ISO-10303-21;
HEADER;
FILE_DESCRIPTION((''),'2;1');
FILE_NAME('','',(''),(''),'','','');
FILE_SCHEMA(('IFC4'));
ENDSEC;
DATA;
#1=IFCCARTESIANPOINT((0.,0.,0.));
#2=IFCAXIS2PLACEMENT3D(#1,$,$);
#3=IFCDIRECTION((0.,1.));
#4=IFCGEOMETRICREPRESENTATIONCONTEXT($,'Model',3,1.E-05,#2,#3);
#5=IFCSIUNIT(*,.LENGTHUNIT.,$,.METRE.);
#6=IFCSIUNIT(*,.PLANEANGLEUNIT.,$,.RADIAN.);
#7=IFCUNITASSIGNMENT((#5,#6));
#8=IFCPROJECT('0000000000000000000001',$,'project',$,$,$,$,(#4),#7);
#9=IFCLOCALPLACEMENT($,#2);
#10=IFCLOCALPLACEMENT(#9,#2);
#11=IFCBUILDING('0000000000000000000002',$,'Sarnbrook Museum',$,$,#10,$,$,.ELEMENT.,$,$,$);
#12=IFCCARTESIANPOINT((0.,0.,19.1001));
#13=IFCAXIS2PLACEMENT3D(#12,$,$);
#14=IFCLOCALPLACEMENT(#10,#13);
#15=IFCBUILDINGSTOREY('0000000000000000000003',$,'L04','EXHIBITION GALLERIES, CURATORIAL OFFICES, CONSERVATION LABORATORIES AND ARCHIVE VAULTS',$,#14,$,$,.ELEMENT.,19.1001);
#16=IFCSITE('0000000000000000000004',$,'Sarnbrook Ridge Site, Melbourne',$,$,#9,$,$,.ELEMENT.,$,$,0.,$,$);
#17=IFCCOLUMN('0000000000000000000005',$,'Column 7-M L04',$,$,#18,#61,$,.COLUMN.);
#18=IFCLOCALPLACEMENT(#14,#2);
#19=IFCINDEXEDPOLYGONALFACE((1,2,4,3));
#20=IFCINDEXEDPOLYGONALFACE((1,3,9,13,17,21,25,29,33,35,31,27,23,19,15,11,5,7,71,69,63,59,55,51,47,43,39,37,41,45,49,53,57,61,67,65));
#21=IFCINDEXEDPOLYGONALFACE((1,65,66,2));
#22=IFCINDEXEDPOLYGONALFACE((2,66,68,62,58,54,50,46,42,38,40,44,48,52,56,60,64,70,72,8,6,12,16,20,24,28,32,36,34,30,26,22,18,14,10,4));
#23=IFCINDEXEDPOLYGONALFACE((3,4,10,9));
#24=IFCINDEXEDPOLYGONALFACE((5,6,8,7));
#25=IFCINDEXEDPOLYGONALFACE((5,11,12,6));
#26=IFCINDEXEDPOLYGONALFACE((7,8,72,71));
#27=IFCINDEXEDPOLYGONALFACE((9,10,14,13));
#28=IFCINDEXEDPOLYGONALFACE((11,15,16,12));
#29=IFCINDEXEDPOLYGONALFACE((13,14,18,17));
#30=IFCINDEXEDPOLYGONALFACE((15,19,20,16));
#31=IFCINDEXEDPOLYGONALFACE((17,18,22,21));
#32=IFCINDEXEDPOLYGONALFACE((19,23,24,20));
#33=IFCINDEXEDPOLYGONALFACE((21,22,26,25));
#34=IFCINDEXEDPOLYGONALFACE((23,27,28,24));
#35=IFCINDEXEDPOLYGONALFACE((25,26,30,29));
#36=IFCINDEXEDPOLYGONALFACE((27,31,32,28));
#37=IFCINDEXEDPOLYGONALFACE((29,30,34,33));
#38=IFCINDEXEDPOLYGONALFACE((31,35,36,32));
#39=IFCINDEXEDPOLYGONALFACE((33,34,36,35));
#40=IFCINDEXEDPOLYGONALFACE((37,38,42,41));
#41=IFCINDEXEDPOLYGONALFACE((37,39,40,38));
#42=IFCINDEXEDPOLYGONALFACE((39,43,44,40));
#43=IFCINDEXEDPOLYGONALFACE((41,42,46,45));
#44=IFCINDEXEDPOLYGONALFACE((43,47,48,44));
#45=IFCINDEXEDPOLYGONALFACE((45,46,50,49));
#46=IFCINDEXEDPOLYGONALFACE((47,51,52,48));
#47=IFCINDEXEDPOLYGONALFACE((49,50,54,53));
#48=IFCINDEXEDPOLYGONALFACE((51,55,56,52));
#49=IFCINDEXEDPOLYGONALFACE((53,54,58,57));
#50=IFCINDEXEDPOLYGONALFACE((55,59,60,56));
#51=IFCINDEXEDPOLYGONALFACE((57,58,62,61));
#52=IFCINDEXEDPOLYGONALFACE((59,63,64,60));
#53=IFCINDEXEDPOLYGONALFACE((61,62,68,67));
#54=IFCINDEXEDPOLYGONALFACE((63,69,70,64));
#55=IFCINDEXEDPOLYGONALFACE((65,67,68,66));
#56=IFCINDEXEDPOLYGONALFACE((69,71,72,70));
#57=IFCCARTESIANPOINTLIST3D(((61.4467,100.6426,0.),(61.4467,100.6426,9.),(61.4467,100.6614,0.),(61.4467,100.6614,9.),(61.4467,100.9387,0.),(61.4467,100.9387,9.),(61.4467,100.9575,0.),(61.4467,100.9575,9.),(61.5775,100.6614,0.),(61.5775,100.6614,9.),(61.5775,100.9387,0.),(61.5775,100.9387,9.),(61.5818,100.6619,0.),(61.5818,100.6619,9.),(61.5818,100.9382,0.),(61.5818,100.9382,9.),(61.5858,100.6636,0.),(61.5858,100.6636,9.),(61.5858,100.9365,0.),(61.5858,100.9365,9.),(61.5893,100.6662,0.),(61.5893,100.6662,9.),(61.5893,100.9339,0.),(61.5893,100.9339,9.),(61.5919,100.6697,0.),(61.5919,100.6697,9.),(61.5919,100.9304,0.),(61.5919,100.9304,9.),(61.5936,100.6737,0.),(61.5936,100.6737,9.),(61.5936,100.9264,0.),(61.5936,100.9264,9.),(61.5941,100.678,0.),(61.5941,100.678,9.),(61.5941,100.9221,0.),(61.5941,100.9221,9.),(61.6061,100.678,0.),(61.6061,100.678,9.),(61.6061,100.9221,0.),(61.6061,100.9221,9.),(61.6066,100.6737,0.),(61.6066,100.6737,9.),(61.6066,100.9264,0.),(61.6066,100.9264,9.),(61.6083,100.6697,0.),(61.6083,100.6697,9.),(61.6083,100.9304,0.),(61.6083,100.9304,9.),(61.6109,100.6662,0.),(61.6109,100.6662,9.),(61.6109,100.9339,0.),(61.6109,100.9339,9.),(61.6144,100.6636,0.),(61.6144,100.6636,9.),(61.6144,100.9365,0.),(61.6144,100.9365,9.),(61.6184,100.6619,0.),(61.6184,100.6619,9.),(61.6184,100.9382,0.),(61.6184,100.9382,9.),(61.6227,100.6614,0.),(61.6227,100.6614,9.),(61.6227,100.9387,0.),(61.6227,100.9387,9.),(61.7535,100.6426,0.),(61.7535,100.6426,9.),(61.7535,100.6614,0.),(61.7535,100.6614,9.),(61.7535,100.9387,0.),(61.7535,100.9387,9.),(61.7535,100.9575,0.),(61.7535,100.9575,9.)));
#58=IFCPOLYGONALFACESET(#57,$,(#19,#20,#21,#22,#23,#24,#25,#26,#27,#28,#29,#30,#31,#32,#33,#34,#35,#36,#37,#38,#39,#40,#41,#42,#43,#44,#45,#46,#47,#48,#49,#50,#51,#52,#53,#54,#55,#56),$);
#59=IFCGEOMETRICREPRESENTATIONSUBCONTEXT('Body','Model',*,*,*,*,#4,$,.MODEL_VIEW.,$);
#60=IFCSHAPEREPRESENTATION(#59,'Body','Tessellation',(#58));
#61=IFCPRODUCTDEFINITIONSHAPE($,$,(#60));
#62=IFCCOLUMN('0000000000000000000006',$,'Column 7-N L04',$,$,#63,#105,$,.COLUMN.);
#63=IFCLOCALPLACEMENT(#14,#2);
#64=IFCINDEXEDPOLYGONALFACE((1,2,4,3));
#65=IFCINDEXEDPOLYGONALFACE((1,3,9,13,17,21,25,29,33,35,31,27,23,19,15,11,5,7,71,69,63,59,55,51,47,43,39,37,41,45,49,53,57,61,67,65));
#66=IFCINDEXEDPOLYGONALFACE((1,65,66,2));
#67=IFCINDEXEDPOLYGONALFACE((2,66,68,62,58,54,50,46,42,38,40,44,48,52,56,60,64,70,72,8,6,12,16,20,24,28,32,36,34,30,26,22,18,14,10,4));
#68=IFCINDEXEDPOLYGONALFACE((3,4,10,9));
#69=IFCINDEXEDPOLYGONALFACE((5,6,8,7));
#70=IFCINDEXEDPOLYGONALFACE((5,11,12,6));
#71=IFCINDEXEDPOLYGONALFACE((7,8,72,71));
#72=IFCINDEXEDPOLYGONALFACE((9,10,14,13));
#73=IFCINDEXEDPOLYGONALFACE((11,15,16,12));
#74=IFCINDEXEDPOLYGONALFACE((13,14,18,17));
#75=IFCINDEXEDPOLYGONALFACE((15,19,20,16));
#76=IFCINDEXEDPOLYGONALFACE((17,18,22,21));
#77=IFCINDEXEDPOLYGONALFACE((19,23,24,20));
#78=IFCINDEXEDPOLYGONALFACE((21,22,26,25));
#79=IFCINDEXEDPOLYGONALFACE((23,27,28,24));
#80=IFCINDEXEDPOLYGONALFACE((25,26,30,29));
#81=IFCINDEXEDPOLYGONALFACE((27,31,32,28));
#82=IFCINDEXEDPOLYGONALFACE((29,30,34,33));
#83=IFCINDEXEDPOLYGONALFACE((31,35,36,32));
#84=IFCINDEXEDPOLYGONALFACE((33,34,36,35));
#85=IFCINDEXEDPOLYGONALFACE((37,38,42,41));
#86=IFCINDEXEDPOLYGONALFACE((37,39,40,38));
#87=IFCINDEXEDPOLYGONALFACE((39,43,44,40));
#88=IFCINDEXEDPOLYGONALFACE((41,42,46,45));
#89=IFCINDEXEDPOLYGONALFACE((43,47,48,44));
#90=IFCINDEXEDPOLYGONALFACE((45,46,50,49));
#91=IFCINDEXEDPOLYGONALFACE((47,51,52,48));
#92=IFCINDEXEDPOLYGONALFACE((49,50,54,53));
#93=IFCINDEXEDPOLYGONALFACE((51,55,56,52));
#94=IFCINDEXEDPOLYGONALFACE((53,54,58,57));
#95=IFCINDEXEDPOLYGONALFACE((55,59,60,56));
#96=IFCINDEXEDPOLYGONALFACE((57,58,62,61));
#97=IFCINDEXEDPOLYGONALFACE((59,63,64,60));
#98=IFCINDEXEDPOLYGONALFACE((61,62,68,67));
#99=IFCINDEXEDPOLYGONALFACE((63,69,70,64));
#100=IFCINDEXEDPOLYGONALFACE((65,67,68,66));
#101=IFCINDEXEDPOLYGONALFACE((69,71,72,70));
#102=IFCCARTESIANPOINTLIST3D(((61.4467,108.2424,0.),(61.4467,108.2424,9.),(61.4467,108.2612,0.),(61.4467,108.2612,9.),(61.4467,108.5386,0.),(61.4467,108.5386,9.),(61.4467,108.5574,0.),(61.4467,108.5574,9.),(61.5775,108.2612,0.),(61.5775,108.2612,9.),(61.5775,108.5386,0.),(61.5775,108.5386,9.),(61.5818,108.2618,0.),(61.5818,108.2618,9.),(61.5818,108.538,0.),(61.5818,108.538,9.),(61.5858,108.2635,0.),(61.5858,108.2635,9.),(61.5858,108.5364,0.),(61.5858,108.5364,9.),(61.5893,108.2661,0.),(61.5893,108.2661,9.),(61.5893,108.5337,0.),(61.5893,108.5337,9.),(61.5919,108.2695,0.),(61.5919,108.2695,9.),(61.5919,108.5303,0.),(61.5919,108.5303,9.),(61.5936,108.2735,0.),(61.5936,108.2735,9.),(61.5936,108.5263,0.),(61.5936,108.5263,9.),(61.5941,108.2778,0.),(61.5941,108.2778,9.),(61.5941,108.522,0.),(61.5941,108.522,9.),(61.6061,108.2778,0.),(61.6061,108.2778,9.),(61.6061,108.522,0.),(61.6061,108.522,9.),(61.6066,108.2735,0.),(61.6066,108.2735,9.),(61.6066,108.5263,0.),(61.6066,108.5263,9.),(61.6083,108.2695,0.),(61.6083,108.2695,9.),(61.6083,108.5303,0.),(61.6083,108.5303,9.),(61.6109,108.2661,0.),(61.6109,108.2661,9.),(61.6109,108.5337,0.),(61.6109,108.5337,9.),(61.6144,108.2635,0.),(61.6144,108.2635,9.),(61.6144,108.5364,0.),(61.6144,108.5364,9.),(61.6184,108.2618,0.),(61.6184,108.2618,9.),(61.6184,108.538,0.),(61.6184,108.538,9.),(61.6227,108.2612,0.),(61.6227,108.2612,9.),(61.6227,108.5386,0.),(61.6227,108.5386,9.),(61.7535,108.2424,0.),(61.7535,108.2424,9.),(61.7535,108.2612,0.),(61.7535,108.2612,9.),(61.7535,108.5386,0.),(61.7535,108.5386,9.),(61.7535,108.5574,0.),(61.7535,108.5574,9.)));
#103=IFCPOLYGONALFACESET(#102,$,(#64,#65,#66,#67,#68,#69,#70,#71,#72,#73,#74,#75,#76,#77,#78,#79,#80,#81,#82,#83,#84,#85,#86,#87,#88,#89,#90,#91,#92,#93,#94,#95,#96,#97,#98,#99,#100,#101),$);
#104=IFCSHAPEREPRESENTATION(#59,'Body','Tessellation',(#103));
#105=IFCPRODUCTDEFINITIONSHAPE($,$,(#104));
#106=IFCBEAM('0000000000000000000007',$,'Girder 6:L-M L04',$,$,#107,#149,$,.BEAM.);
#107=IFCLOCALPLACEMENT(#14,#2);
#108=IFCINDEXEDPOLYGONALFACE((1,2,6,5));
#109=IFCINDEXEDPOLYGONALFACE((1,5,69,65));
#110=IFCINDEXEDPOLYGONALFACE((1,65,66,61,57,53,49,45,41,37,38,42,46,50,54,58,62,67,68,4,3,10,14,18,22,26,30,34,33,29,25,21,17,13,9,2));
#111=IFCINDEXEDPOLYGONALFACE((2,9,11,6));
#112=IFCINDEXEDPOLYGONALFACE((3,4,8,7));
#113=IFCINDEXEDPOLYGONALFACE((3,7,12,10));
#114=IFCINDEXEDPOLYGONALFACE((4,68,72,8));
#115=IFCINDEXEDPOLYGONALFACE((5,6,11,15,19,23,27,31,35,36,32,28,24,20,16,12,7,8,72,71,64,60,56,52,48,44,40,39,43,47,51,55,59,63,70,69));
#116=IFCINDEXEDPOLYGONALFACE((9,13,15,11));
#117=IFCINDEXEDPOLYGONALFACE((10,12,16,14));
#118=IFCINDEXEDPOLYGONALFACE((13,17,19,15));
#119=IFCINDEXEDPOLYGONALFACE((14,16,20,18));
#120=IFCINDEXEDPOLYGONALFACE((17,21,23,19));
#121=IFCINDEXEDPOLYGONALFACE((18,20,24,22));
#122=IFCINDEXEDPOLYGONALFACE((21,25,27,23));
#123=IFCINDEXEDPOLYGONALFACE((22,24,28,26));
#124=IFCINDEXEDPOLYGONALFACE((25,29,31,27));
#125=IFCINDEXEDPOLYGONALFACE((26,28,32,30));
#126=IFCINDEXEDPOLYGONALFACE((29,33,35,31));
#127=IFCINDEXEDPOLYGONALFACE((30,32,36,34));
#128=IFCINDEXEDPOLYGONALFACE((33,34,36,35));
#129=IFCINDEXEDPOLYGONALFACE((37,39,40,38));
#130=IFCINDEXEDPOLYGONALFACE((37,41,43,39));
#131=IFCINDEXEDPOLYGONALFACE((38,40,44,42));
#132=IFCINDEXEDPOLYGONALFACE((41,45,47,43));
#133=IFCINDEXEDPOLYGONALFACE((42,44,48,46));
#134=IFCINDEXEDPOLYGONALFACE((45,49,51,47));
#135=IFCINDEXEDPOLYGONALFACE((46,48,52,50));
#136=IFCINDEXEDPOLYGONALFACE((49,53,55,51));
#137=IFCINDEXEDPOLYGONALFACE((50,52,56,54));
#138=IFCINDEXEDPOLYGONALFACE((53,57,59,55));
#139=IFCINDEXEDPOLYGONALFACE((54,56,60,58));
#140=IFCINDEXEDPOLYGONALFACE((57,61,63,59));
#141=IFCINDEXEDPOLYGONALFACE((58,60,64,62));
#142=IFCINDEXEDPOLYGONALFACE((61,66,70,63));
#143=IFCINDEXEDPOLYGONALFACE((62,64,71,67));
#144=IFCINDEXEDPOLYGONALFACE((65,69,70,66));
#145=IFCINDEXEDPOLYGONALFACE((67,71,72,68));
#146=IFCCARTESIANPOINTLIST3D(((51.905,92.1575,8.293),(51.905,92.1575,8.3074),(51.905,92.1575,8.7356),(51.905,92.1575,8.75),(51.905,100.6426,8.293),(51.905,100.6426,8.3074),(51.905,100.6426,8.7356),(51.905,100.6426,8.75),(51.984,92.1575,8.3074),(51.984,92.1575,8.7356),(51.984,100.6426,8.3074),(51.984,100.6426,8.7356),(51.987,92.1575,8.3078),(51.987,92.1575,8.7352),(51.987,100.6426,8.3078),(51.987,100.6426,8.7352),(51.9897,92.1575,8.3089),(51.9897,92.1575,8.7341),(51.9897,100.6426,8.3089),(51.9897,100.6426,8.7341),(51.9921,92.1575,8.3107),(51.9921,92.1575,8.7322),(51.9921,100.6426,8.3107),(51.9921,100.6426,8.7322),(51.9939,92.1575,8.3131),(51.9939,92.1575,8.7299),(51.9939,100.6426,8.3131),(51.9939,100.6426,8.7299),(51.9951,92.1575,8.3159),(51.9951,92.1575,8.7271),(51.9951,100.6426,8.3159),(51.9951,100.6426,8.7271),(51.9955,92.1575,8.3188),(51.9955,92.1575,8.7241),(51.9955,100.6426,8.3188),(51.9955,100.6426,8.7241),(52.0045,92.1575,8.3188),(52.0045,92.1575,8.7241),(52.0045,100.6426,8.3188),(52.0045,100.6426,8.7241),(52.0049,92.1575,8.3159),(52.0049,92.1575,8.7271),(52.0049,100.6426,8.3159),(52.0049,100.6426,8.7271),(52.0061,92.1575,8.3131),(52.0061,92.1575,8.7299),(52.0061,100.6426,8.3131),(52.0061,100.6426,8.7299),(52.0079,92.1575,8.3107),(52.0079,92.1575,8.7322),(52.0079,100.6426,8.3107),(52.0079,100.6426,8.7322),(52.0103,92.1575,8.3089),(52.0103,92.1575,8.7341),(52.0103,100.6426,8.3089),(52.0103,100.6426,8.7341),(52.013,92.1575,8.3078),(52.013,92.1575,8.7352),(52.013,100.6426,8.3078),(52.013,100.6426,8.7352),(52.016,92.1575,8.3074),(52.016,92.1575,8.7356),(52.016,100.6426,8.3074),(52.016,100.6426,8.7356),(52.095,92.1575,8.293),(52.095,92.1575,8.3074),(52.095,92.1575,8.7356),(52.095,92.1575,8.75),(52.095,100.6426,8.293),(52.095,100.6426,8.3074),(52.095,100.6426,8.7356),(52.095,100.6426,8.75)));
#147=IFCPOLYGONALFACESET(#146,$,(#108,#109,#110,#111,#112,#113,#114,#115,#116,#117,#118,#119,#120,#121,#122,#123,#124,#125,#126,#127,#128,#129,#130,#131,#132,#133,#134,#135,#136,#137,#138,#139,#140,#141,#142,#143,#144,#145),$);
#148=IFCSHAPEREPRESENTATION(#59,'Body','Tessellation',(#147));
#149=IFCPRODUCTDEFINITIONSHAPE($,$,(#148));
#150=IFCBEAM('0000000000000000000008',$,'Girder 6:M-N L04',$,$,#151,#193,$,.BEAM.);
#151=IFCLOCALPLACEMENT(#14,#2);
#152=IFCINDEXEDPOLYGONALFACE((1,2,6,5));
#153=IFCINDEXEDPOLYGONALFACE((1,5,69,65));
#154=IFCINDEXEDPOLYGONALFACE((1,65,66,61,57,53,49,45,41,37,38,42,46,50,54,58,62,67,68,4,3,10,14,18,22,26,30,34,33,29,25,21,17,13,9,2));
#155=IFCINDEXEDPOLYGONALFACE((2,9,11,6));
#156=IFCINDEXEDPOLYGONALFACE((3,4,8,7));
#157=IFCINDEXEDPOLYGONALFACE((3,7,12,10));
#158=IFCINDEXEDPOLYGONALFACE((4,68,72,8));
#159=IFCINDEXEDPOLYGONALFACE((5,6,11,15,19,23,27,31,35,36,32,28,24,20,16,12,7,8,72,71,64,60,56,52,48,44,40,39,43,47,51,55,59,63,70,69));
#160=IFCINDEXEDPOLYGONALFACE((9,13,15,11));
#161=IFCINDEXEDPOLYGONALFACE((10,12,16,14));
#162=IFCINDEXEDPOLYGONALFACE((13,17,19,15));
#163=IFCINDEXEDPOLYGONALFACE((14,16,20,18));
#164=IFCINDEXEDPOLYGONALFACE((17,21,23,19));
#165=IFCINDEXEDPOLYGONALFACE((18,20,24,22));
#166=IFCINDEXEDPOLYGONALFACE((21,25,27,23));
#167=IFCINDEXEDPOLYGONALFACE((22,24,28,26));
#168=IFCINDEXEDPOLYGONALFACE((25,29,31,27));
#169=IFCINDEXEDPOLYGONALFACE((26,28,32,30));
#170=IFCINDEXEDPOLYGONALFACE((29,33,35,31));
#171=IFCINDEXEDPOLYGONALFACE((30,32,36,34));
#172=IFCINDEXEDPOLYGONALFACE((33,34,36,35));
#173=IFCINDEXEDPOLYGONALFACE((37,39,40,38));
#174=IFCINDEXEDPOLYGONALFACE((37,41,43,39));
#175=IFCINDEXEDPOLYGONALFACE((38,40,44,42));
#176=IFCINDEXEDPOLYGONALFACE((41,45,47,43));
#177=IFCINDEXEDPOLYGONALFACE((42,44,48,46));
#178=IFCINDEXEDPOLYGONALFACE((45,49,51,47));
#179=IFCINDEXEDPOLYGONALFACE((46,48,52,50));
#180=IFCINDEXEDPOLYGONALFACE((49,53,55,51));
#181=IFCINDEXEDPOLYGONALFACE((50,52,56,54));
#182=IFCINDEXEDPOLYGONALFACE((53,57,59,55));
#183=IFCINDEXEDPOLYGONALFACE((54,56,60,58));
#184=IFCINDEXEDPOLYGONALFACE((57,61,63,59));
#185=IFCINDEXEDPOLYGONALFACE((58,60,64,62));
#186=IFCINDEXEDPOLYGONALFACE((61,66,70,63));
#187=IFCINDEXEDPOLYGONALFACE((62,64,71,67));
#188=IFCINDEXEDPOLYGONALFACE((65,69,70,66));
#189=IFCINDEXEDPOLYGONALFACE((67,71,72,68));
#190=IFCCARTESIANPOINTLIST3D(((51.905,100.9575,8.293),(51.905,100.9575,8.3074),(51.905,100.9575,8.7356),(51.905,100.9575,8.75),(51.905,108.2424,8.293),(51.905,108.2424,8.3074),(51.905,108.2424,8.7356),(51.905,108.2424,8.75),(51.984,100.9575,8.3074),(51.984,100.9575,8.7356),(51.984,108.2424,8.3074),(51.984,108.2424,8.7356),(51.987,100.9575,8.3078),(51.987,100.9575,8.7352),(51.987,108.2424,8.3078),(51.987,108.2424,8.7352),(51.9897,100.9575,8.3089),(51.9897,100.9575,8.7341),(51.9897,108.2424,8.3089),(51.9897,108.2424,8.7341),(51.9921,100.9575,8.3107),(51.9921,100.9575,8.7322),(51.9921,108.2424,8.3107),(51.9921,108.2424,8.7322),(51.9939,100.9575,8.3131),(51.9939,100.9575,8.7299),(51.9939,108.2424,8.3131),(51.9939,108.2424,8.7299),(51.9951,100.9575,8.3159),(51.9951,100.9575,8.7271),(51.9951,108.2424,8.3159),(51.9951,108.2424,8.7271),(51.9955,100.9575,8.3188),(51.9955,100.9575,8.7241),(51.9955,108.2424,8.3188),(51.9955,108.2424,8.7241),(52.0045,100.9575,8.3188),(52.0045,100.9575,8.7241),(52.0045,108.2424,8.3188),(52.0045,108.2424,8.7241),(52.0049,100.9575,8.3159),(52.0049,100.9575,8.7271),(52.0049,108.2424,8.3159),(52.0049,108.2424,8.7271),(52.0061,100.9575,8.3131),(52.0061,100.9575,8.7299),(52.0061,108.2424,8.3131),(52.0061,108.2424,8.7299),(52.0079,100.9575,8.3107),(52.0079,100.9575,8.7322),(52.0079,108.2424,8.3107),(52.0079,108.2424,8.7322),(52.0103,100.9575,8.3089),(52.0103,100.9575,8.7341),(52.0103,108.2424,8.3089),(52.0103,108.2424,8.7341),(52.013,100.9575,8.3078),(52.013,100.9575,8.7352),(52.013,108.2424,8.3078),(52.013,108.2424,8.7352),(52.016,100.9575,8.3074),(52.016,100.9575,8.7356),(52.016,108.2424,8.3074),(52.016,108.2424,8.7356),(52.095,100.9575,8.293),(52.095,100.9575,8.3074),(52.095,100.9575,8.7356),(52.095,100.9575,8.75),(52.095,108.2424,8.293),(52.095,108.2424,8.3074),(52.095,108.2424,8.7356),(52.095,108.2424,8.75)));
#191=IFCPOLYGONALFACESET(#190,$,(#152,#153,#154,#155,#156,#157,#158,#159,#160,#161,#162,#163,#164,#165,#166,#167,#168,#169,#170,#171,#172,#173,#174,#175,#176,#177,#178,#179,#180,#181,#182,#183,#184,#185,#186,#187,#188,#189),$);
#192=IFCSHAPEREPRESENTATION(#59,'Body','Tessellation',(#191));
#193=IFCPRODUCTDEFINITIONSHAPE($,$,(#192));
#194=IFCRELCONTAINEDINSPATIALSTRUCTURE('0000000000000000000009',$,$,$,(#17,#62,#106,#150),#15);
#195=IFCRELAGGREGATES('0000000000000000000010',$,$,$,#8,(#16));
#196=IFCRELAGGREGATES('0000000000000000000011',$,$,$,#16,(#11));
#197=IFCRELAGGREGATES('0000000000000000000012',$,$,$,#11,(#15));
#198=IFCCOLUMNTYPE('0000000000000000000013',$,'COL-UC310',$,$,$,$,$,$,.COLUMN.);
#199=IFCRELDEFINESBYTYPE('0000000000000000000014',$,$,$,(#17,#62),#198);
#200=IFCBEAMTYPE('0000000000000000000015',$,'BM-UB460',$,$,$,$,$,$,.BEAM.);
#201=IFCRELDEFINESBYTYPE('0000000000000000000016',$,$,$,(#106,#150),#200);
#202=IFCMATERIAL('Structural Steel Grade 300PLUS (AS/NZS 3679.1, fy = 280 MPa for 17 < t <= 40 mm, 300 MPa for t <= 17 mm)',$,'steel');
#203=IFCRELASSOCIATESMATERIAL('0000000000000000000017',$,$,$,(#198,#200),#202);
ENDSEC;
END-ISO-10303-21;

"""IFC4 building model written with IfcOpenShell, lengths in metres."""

from ifc_helpers import new_model, si_unit, direction, frame, origin, origin_2d, place, context, subcontext, project, spatial, i_section, extrude, material, material_profile, profile_set, type_object, element, save


model = new_model("IFC4")

# Units and contexts
model_context = context("Model", 3, precision=1e-05, world=origin(), true_north=direction((0.0, 1.0)))
body_context = subcontext(model_context, "Body", "Model", "MODEL_VIEW")
ifc_project = project(units=[si_unit("LENGTHUNIT", "METRE"), si_unit("PLANEANGLEUNIT", "RADIAN")], contexts=[model_context])

# Site, building, storey
site_placement = place(None, origin())
site = spatial("IfcSite", under=ifc_project, at=site_placement, Name="Sarnbrook Ridge Site, Melbourne", CompositionType="ELEMENT", RefElevation=0.0)
building_placement = place(site_placement, origin())
building = spatial("IfcBuilding", under=site, at=building_placement, Name="Sarnbrook Museum", CompositionType="ELEMENT")
storey_placement = place(building_placement, frame((0.0, 0.0, 19.1001)))
storey = spatial("IfcBuildingStorey", under=building, at=storey_placement, Name="L04", Description="EXHIBITION GALLERIES, CURATORIAL OFFICES, CONSERVATION LABORATORIES AND ARCHIVE VAULTS", CompositionType="ELEMENT", Elevation=19.1001)

# Columns
ifc_material_1 = material(Name="Structural Steel Grade 300PLUS (AS/NZS 3679.1, fy = 280 MPa for 17 < t <= 40 mm, 300 MPa for t <= 17 mm)", Category="steel")
ifc_material_profile_1 = material_profile(ifc_material_1, i_section(OverallWidth=0.3069, OverallDepth=0.3149, WebThickness=0.012, FlangeThickness=0.0188, FilletRadius=0.0166, at=origin_2d()), Name="310UC118")
ifc_profile_set_1 = profile_set([ifc_material_profile_1], Name="Structural Steel Grade 300PLUS (AS/NZS 3679.1, fy = 280 MPa for 17 < t <= 40 mm, 300 MPa for t <= 17 mm)")
column_type = type_object("IfcColumnType", Name="COL-UC310", PredefinedType="COLUMN", material=ifc_profile_set_1)
for number, where, z_axis, x_axis, name in (
    (1, (61.6001, 100.8, 0.0), (0.0, 0.0, 1.0), (1.0, 0.0, 0.0), "Column 7-M L04"),
    (2, (61.6001, 108.3999, 0.0), (0.0, 0.0, 1.0), (1.0, 0.0, 0.0), "Column 7-N L04"),
):
    element("IfcColumn", number, at=place(storey_placement, frame(where, z_axis=z_axis, x_axis=x_axis)), inside=storey, type_object=column_type, Name=name, PredefinedType="COLUMN", context=body_context, shape_type="SweptSolid", body=[
        extrude(i_section(OverallWidth=0.3069, OverallDepth=0.3149, WebThickness=0.012, FlangeThickness=0.0188, FilletRadius=0.0166, at=origin_2d()), origin(), (0.0, 0.0, 1.0), 9.0),
    ])

# Beams
ifc_material_profile_2 = material_profile(ifc_material_1, i_section(OverallWidth=0.1899, OverallDepth=0.457, WebThickness=0.009, FlangeThickness=0.0144, FilletRadius=0.0115, at=origin_2d()), Name="460UB74.6")
ifc_profile_set_2 = profile_set([ifc_material_profile_2], Name="Structural Steel Grade 300PLUS (AS/NZS 3679.1, fy = 280 MPa for 17 < t <= 40 mm, 300 MPa for t <= 17 mm)")
beam_type_1 = type_object("IfcBeamType", Name="BM-UB460", PredefinedType="BEAM", material=ifc_profile_set_2)
beam_1_placement = place(storey_placement, frame((52.0, 92.1575, 8.5215), z_axis=(0.0, 1.0, 0.0), x_axis=(-1.0, 0.0, 0.0)))
element("IfcBeam", 3, at=beam_1_placement, inside=storey, type_object=beam_type_1, Name="Girder 6:L-M L04", PredefinedType="BEAM", context=body_context, shape_type="SweptSolid", body=[
    extrude(i_section(OverallWidth=0.1899, OverallDepth=0.457, WebThickness=0.009, FlangeThickness=0.0144, FilletRadius=0.0115, at=origin_2d()), origin(), (0.0, 0.0, 1.0), 8.4851),
])
beam_2_placement = place(storey_placement, frame((52.0, 100.9575, 8.5215), z_axis=(0.0, 1.0, 0.0), x_axis=(-1.0, 0.0, 0.0)))
element("IfcBeam", 4, at=beam_2_placement, inside=storey, type_object=beam_type_1, Name="Girder 6:M-N L04", PredefinedType="BEAM", context=body_context, shape_type="SweptSolid", body=[
    extrude(i_section(OverallWidth=0.1899, OverallDepth=0.457, WebThickness=0.009, FlangeThickness=0.0144, FilletRadius=0.0115, at=origin_2d()), origin(), (0.0, 0.0, 1.0), 7.2849),
])

save(model, "model.ifc")
